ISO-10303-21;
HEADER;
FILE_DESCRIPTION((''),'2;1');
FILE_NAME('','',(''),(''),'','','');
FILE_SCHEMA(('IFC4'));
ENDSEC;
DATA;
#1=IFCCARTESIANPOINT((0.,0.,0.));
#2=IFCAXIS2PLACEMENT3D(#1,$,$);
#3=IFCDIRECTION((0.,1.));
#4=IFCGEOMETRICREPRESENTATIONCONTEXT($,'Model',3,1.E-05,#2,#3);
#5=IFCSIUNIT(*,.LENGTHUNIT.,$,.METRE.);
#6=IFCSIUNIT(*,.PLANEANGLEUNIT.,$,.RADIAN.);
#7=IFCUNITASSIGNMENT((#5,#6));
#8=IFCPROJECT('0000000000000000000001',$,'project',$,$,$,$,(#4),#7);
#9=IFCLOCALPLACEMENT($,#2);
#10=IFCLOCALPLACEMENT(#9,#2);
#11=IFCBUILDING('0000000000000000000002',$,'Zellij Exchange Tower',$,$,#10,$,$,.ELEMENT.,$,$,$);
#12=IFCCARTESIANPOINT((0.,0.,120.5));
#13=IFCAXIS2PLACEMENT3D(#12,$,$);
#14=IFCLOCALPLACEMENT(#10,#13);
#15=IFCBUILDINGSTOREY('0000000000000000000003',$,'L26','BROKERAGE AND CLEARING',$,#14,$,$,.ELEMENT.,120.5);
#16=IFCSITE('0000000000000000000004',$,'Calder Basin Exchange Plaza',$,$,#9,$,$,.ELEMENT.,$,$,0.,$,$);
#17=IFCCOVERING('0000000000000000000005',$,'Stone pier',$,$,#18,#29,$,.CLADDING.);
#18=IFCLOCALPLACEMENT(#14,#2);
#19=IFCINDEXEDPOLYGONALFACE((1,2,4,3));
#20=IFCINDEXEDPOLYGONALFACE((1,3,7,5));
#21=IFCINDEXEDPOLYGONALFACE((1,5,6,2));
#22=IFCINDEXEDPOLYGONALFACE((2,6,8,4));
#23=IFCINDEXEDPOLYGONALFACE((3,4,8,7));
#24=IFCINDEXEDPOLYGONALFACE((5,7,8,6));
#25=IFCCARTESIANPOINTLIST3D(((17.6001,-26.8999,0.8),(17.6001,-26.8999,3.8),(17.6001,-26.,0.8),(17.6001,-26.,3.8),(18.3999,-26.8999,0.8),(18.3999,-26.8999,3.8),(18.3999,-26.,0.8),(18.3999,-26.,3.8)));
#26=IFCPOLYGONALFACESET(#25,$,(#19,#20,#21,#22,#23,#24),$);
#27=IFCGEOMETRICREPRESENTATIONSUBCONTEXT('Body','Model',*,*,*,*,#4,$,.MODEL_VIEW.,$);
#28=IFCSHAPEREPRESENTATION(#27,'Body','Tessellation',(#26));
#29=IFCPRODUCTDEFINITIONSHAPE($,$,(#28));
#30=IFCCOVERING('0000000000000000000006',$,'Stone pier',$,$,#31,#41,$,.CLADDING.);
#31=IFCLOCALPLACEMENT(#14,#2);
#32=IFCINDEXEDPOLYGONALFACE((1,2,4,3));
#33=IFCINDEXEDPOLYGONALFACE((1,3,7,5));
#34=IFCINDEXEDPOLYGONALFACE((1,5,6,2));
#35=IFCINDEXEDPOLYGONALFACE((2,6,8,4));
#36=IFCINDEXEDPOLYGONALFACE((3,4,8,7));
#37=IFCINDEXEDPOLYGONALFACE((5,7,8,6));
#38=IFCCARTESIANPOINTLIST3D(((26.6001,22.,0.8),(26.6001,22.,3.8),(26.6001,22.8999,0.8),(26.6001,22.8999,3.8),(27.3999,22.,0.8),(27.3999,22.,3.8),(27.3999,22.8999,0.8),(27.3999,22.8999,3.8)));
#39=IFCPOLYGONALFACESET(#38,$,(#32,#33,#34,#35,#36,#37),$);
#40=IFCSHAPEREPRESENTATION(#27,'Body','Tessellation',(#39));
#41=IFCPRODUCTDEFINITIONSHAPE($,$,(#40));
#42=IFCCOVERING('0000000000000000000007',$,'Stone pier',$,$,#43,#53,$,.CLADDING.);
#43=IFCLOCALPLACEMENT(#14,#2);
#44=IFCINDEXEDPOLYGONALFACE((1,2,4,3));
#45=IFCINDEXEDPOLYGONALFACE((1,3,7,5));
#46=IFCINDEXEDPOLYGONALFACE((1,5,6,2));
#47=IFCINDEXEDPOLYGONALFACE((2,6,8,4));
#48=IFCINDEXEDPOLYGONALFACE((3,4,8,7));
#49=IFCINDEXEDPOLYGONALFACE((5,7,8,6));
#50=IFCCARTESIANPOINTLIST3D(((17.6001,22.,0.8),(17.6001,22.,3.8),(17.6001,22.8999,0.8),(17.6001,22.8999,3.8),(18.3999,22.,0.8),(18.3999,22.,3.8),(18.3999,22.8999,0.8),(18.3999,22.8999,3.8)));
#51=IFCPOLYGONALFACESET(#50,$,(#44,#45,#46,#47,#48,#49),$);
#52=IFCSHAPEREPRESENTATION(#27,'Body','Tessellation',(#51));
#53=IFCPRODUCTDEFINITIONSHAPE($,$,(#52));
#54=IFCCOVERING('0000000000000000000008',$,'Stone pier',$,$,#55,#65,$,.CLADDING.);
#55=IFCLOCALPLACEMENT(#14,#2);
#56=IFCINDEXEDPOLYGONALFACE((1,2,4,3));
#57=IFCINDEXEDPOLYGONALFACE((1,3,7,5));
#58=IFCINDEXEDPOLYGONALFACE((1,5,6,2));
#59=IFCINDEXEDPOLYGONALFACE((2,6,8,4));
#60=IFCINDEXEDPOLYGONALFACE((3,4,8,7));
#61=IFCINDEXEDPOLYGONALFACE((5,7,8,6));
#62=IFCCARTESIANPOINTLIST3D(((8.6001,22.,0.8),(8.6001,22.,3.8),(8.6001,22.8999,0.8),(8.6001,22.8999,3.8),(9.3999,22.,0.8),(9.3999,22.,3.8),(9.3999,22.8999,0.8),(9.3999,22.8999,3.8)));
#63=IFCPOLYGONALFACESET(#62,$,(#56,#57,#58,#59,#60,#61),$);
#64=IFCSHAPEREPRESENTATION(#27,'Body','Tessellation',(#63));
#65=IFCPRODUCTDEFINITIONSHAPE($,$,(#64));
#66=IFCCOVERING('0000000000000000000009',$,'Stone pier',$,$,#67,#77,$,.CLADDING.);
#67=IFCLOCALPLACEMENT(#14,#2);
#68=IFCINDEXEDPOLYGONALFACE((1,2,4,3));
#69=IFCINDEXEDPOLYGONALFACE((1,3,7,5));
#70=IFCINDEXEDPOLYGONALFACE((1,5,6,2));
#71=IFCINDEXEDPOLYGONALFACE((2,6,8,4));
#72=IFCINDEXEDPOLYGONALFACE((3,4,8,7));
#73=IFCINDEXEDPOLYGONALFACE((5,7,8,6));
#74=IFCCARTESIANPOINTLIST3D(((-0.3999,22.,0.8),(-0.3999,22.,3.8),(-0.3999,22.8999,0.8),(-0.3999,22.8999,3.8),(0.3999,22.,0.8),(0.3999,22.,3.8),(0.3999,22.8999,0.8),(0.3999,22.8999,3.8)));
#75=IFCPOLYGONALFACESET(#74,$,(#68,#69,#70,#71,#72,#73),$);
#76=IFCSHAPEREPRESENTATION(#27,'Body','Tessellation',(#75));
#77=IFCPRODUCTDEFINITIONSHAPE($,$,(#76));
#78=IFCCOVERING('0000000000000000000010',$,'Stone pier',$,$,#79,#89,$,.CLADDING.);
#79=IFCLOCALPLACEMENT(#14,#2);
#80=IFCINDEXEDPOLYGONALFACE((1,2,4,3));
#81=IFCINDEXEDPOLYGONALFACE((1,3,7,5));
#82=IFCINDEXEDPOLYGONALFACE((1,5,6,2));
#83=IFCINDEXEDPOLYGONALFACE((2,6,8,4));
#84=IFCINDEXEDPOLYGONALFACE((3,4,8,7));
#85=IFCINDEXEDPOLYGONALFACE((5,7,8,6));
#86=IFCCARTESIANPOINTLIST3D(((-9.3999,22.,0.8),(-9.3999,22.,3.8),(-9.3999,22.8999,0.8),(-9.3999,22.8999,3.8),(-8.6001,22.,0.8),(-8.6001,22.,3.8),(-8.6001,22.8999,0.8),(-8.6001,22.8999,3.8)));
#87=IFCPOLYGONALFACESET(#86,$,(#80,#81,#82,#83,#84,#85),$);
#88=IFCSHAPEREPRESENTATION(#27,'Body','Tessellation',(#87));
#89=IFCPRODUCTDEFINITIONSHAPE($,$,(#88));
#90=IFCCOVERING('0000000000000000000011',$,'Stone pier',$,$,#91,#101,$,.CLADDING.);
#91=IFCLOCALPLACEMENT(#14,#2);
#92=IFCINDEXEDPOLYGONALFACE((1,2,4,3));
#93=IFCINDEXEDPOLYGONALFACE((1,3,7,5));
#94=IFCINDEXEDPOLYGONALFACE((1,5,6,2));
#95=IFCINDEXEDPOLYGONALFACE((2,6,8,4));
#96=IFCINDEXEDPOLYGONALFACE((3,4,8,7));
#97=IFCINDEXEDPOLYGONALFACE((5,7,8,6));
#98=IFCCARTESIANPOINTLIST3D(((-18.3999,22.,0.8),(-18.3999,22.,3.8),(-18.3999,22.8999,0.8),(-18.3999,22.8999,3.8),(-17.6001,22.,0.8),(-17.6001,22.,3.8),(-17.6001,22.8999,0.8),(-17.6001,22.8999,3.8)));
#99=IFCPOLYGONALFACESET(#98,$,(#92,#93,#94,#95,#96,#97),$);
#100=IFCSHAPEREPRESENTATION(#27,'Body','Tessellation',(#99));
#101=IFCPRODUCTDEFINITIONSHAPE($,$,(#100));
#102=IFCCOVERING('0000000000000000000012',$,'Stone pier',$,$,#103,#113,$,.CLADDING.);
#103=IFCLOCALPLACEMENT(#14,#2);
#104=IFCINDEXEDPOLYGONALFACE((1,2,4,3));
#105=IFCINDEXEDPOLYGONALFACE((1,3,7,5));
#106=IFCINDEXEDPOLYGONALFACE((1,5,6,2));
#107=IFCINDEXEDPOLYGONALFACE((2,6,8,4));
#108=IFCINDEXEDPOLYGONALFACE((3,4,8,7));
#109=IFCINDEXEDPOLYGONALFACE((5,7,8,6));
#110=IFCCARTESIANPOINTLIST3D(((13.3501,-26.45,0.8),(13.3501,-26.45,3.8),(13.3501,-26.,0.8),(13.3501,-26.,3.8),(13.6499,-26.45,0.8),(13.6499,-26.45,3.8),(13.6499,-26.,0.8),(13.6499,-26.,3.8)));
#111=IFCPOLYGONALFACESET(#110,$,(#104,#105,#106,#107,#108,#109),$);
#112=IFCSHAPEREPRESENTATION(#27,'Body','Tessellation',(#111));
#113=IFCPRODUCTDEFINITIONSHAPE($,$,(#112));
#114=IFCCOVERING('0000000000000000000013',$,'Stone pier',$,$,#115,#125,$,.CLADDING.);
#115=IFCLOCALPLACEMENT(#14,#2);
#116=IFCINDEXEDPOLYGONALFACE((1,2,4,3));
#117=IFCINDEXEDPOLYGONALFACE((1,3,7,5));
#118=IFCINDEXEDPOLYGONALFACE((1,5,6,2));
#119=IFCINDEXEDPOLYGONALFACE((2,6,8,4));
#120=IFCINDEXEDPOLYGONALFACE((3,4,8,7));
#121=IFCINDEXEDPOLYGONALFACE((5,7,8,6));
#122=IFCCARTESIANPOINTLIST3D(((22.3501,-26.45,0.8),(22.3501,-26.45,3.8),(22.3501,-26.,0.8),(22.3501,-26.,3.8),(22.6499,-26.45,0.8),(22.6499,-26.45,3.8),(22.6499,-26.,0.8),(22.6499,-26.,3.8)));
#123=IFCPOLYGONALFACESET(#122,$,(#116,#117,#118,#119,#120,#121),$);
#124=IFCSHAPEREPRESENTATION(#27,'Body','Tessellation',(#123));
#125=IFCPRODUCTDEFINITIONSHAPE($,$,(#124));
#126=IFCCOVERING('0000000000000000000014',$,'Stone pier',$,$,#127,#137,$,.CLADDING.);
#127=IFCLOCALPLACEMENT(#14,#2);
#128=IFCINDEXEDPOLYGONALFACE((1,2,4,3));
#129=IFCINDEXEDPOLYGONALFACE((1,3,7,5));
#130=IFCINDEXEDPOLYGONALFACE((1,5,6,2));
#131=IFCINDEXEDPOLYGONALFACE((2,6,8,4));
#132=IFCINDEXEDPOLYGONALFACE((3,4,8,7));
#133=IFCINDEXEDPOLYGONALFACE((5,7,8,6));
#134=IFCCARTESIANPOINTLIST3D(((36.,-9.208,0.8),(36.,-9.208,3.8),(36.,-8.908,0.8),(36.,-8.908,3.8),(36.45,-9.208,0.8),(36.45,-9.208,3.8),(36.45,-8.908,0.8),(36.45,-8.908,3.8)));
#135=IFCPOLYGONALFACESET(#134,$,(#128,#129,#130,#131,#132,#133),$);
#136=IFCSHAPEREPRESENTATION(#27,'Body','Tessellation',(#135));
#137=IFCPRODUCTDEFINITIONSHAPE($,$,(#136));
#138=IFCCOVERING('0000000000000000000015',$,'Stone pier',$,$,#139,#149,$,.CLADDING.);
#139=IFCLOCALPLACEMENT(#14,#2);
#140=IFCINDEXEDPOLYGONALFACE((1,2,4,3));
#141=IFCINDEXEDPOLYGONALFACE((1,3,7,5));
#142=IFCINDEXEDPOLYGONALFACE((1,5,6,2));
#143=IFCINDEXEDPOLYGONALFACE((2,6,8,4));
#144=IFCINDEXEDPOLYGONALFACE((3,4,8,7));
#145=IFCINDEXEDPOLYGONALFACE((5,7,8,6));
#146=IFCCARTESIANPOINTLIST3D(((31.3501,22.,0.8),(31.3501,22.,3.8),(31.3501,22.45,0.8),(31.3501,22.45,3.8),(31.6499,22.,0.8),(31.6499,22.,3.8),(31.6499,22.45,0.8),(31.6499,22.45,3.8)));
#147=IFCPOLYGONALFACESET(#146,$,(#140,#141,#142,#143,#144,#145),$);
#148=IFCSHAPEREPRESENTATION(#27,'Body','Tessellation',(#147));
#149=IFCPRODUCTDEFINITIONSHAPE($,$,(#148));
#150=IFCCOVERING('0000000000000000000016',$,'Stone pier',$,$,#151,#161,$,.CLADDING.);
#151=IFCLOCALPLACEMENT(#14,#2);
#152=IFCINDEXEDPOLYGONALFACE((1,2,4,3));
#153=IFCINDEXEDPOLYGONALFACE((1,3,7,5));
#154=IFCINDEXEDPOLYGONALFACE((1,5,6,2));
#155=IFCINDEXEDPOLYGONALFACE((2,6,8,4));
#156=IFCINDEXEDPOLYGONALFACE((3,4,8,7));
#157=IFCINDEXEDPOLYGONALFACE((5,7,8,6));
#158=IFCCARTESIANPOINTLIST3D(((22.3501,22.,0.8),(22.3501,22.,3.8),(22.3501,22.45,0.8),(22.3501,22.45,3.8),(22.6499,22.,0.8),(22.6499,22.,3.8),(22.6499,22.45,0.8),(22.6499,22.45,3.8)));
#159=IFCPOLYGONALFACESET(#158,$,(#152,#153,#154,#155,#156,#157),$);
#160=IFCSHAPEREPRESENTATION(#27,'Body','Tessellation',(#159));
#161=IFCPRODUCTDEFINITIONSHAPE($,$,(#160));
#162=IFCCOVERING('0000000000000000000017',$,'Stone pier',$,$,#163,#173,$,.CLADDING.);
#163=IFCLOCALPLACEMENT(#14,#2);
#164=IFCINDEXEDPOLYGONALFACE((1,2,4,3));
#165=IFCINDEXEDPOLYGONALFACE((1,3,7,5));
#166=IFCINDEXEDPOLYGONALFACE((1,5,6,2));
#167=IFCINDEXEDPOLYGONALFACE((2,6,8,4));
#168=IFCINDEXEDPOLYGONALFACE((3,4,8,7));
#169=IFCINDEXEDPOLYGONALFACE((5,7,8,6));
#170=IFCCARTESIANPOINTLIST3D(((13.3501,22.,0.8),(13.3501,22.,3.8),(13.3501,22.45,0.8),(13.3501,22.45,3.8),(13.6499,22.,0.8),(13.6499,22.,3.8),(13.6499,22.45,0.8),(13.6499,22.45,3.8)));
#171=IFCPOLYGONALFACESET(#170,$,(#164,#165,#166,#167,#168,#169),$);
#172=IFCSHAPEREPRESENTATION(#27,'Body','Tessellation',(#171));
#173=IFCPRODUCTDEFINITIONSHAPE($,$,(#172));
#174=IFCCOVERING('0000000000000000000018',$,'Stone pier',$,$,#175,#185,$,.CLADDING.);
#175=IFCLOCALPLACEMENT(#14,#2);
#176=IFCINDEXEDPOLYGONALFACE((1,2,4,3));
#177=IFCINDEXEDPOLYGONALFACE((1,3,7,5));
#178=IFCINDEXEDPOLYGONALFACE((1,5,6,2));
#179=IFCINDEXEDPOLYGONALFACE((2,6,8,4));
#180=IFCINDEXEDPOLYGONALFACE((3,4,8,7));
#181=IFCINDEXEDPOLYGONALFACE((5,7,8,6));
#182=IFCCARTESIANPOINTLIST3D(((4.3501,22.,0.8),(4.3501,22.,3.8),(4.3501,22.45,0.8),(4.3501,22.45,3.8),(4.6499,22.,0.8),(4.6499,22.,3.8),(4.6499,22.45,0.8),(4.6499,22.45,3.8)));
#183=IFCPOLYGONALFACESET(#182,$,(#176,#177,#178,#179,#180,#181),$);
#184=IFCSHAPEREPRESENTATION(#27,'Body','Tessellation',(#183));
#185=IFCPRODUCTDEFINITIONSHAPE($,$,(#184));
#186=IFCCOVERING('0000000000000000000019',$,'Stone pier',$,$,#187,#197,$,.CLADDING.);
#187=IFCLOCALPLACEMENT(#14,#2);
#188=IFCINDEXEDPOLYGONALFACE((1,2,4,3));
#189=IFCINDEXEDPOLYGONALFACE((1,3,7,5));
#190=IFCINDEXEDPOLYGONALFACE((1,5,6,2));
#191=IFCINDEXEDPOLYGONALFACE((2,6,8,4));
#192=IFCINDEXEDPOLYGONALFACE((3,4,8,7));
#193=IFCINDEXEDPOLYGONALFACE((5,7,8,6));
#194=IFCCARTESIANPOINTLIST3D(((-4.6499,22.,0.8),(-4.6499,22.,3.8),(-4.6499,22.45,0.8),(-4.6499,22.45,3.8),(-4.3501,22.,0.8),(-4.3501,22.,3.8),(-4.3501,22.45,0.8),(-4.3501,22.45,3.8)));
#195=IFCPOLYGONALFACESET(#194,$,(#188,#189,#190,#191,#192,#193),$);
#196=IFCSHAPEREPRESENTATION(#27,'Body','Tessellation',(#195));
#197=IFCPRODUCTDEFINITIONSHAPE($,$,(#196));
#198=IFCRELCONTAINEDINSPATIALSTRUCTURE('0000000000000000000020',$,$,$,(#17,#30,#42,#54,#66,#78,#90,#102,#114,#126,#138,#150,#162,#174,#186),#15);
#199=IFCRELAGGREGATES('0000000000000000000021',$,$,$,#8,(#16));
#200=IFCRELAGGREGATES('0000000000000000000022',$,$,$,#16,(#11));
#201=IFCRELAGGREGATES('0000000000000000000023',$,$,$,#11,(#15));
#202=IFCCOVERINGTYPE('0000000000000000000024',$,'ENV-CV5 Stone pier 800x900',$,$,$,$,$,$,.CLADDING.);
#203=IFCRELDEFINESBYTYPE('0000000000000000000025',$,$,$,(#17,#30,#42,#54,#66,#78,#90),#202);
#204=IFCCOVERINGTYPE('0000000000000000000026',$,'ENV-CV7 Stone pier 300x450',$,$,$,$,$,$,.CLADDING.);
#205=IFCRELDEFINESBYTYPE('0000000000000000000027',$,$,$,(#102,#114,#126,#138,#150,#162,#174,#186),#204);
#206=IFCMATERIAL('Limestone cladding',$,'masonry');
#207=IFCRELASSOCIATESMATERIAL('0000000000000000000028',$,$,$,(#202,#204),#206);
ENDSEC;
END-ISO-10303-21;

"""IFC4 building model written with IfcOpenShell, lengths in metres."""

from ifc_helpers import new_model, si_unit, direction, frame, origin, place, context, subcontext, project, spatial, polyline, outline, extrude, material, type_object, element, save


model = new_model("IFC4")

# Units and contexts
model_context = context("Model", 3, precision=1e-05, world=origin(), true_north=direction((0.0, 1.0)))
body_context = subcontext(model_context, "Body", "Model", "MODEL_VIEW")
ifc_project = project(units=[si_unit("LENGTHUNIT", "METRE"), si_unit("PLANEANGLEUNIT", "RADIAN")], contexts=[model_context])

# Site, building, storey
site_placement = place(None, origin())
site = spatial("IfcSite", under=ifc_project, at=site_placement, Name="Calder Basin Exchange Plaza", CompositionType="ELEMENT", RefElevation=0.0)
building_placement = place(site_placement, origin())
building = spatial("IfcBuilding", under=site, at=building_placement, Name="Zellij Exchange Tower", CompositionType="ELEMENT")
storey_placement = place(building_placement, frame((0.0, 0.0, 120.5)))
storey = spatial("IfcBuildingStorey", under=building, at=storey_placement, Name="L26", Description="BROKERAGE AND CLEARING", CompositionType="ELEMENT", Elevation=120.5)

# Coverings
ifc_material = material(Name="Limestone cladding", Category="masonry")
covering_type_1 = type_object("IfcCoveringType", Name="ENV-CV5 Stone pier 800x900", PredefinedType="CLADDING", material=ifc_material)
covering_1_placement = place(storey_placement, frame((0.0, 0.0, 0.8)))
element("IfcCovering", 1, at=covering_1_placement, inside=storey, type_object=covering_type_1, Name="Stone pier", PredefinedType="CLADDING", context=body_context, shape_type="SweptSolid", body=[
    extrude(outline(polyline([(17.6001, -26.0), (18.3999, -26.0), (18.3999, -26.8999), (17.6001, -26.8999), (17.6001, -26.0)])), origin(), (0.0, 0.0, 1.0), 3.0),
])
covering_2_placement = place(storey_placement, frame((0.0, 0.0, 0.8)))
element("IfcCovering", 2, at=covering_2_placement, inside=storey, type_object=covering_type_1, Name="Stone pier", PredefinedType="CLADDING", context=body_context, shape_type="SweptSolid", body=[
    extrude(outline(polyline([(27.3999, 22.0), (26.6001, 22.0), (26.6001, 22.8999), (27.3999, 22.8999), (27.3999, 22.0)])), origin(), (0.0, 0.0, 1.0), 3.0),
])
covering_3_placement = place(storey_placement, frame((0.0, 0.0, 0.8)))
element("IfcCovering", 3, at=covering_3_placement, inside=storey, type_object=covering_type_1, Name="Stone pier", PredefinedType="CLADDING", context=body_context, shape_type="SweptSolid", body=[
    extrude(outline(polyline([(18.3999, 22.0), (17.6001, 22.0), (17.6001, 22.8999), (18.3999, 22.8999), (18.3999, 22.0)])), origin(), (0.0, 0.0, 1.0), 3.0),
])
covering_4_placement = place(storey_placement, frame((0.0, 0.0, 0.8)))
element("IfcCovering", 4, at=covering_4_placement, inside=storey, type_object=covering_type_1, Name="Stone pier", PredefinedType="CLADDING", context=body_context, shape_type="SweptSolid", body=[
    extrude(outline(polyline([(9.3999, 22.0), (8.6001, 22.0), (8.6001, 22.8999), (9.3999, 22.8999), (9.3999, 22.0)])), origin(), (0.0, 0.0, 1.0), 3.0),
])
covering_5_placement = place(storey_placement, frame((0.0, 0.0, 0.8)))
element("IfcCovering", 5, at=covering_5_placement, inside=storey, type_object=covering_type_1, Name="Stone pier", PredefinedType="CLADDING", context=body_context, shape_type="SweptSolid", body=[
    extrude(outline(polyline([(0.3999, 22.0), (-0.3999, 22.0), (-0.3999, 22.8999), (0.3999, 22.8999), (0.3999, 22.0)])), origin(), (0.0, 0.0, 1.0), 3.0),
])
covering_6_placement = place(storey_placement, frame((0.0, 0.0, 0.8)))
element("IfcCovering", 6, at=covering_6_placement, inside=storey, type_object=covering_type_1, Name="Stone pier", PredefinedType="CLADDING", context=body_context, shape_type="SweptSolid", body=[
    extrude(outline(polyline([(-8.6001, 22.0), (-9.3999, 22.0), (-9.3999, 22.8999), (-8.6001, 22.8999), (-8.6001, 22.0)])), origin(), (0.0, 0.0, 1.0), 3.0),
])
covering_7_placement = place(storey_placement, frame((0.0, 0.0, 0.8)))
element("IfcCovering", 7, at=covering_7_placement, inside=storey, type_object=covering_type_1, Name="Stone pier", PredefinedType="CLADDING", context=body_context, shape_type="SweptSolid", body=[
    extrude(outline(polyline([(-17.6001, 22.0), (-18.3999, 22.0), (-18.3999, 22.8999), (-17.6001, 22.8999), (-17.6001, 22.0)])), origin(), (0.0, 0.0, 1.0), 3.0),
])
covering_type_2 = type_object("IfcCoveringType", Name="ENV-CV7 Stone pier 300x450", PredefinedType="CLADDING", material=ifc_material)
covering_8_placement = place(storey_placement, frame((0.0, 0.0, 0.8)))
element("IfcCovering", 8, at=covering_8_placement, inside=storey, type_object=covering_type_2, Name="Stone pier", PredefinedType="CLADDING", context=body_context, shape_type="SweptSolid", body=[
    extrude(outline(polyline([(13.3501, -26.0), (13.6499, -26.0), (13.6499, -26.45), (13.3501, -26.45), (13.3501, -26.0)])), origin(), (0.0, 0.0, 1.0), 3.0),
])
covering_9_placement = place(storey_placement, frame((0.0, 0.0, 0.8)))
element("IfcCovering", 9, at=covering_9_placement, inside=storey, type_object=covering_type_2, Name="Stone pier", PredefinedType="CLADDING", context=body_context, shape_type="SweptSolid", body=[
    extrude(outline(polyline([(22.3501, -26.0), (22.6499, -26.0), (22.6499, -26.45), (22.3501, -26.45), (22.3501, -26.0)])), origin(), (0.0, 0.0, 1.0), 3.0),
])
covering_10_placement = place(storey_placement, frame((0.0, 0.0, 0.8)))
element("IfcCovering", 10, at=covering_10_placement, inside=storey, type_object=covering_type_2, Name="Stone pier", PredefinedType="CLADDING", context=body_context, shape_type="SweptSolid", body=[
    extrude(outline(polyline([(36.0, -9.208), (36.0, -8.908), (36.45, -8.908), (36.45, -9.208), (36.0, -9.208)])), origin(), (0.0, 0.0, 1.0), 3.0),
])
covering_11_placement = place(storey_placement, frame((0.0, 0.0, 0.8)))
element("IfcCovering", 11, at=covering_11_placement, inside=storey, type_object=covering_type_2, Name="Stone pier", PredefinedType="CLADDING", context=body_context, shape_type="SweptSolid", body=[
    extrude(outline(polyline([(31.6499, 22.0), (31.3501, 22.0), (31.3501, 22.45), (31.6499, 22.45), (31.6499, 22.0)])), origin(), (0.0, 0.0, 1.0), 3.0),
])
covering_12_placement = place(storey_placement, frame((0.0, 0.0, 0.8)))
element("IfcCovering", 12, at=covering_12_placement, inside=storey, type_object=covering_type_2, Name="Stone pier", PredefinedType="CLADDING", context=body_context, shape_type="SweptSolid", body=[
    extrude(outline(polyline([(22.6499, 22.0), (22.3501, 22.0), (22.3501, 22.45), (22.6499, 22.45), (22.6499, 22.0)])), origin(), (0.0, 0.0, 1.0), 3.0),
])
covering_13_placement = place(storey_placement, frame((0.0, 0.0, 0.8)))
element("IfcCovering", 13, at=covering_13_placement, inside=storey, type_object=covering_type_2, Name="Stone pier", PredefinedType="CLADDING", context=body_context, shape_type="SweptSolid", body=[
    extrude(outline(polyline([(13.6499, 22.0), (13.3501, 22.0), (13.3501, 22.45), (13.6499, 22.45), (13.6499, 22.0)])), origin(), (0.0, 0.0, 1.0), 3.0),
])
covering_14_placement = place(storey_placement, frame((0.0, 0.0, 0.8)))
element("IfcCovering", 14, at=covering_14_placement, inside=storey, type_object=covering_type_2, Name="Stone pier", PredefinedType="CLADDING", context=body_context, shape_type="SweptSolid", body=[
    extrude(outline(polyline([(4.6499, 22.0), (4.3501, 22.0), (4.3501, 22.45), (4.6499, 22.45), (4.6499, 22.0)])), origin(), (0.0, 0.0, 1.0), 3.0),
])
covering_15_placement = place(storey_placement, frame((0.0, 0.0, 0.8)))
element("IfcCovering", 15, at=covering_15_placement, inside=storey, type_object=covering_type_2, Name="Stone pier", PredefinedType="CLADDING", context=body_context, shape_type="SweptSolid", body=[
    extrude(outline(polyline([(-4.3501, 22.0), (-4.6499, 22.0), (-4.6499, 22.45), (-4.3501, 22.45), (-4.3501, 22.0)])), origin(), (0.0, 0.0, 1.0), 3.0),
])

save(model, "model.ifc")
